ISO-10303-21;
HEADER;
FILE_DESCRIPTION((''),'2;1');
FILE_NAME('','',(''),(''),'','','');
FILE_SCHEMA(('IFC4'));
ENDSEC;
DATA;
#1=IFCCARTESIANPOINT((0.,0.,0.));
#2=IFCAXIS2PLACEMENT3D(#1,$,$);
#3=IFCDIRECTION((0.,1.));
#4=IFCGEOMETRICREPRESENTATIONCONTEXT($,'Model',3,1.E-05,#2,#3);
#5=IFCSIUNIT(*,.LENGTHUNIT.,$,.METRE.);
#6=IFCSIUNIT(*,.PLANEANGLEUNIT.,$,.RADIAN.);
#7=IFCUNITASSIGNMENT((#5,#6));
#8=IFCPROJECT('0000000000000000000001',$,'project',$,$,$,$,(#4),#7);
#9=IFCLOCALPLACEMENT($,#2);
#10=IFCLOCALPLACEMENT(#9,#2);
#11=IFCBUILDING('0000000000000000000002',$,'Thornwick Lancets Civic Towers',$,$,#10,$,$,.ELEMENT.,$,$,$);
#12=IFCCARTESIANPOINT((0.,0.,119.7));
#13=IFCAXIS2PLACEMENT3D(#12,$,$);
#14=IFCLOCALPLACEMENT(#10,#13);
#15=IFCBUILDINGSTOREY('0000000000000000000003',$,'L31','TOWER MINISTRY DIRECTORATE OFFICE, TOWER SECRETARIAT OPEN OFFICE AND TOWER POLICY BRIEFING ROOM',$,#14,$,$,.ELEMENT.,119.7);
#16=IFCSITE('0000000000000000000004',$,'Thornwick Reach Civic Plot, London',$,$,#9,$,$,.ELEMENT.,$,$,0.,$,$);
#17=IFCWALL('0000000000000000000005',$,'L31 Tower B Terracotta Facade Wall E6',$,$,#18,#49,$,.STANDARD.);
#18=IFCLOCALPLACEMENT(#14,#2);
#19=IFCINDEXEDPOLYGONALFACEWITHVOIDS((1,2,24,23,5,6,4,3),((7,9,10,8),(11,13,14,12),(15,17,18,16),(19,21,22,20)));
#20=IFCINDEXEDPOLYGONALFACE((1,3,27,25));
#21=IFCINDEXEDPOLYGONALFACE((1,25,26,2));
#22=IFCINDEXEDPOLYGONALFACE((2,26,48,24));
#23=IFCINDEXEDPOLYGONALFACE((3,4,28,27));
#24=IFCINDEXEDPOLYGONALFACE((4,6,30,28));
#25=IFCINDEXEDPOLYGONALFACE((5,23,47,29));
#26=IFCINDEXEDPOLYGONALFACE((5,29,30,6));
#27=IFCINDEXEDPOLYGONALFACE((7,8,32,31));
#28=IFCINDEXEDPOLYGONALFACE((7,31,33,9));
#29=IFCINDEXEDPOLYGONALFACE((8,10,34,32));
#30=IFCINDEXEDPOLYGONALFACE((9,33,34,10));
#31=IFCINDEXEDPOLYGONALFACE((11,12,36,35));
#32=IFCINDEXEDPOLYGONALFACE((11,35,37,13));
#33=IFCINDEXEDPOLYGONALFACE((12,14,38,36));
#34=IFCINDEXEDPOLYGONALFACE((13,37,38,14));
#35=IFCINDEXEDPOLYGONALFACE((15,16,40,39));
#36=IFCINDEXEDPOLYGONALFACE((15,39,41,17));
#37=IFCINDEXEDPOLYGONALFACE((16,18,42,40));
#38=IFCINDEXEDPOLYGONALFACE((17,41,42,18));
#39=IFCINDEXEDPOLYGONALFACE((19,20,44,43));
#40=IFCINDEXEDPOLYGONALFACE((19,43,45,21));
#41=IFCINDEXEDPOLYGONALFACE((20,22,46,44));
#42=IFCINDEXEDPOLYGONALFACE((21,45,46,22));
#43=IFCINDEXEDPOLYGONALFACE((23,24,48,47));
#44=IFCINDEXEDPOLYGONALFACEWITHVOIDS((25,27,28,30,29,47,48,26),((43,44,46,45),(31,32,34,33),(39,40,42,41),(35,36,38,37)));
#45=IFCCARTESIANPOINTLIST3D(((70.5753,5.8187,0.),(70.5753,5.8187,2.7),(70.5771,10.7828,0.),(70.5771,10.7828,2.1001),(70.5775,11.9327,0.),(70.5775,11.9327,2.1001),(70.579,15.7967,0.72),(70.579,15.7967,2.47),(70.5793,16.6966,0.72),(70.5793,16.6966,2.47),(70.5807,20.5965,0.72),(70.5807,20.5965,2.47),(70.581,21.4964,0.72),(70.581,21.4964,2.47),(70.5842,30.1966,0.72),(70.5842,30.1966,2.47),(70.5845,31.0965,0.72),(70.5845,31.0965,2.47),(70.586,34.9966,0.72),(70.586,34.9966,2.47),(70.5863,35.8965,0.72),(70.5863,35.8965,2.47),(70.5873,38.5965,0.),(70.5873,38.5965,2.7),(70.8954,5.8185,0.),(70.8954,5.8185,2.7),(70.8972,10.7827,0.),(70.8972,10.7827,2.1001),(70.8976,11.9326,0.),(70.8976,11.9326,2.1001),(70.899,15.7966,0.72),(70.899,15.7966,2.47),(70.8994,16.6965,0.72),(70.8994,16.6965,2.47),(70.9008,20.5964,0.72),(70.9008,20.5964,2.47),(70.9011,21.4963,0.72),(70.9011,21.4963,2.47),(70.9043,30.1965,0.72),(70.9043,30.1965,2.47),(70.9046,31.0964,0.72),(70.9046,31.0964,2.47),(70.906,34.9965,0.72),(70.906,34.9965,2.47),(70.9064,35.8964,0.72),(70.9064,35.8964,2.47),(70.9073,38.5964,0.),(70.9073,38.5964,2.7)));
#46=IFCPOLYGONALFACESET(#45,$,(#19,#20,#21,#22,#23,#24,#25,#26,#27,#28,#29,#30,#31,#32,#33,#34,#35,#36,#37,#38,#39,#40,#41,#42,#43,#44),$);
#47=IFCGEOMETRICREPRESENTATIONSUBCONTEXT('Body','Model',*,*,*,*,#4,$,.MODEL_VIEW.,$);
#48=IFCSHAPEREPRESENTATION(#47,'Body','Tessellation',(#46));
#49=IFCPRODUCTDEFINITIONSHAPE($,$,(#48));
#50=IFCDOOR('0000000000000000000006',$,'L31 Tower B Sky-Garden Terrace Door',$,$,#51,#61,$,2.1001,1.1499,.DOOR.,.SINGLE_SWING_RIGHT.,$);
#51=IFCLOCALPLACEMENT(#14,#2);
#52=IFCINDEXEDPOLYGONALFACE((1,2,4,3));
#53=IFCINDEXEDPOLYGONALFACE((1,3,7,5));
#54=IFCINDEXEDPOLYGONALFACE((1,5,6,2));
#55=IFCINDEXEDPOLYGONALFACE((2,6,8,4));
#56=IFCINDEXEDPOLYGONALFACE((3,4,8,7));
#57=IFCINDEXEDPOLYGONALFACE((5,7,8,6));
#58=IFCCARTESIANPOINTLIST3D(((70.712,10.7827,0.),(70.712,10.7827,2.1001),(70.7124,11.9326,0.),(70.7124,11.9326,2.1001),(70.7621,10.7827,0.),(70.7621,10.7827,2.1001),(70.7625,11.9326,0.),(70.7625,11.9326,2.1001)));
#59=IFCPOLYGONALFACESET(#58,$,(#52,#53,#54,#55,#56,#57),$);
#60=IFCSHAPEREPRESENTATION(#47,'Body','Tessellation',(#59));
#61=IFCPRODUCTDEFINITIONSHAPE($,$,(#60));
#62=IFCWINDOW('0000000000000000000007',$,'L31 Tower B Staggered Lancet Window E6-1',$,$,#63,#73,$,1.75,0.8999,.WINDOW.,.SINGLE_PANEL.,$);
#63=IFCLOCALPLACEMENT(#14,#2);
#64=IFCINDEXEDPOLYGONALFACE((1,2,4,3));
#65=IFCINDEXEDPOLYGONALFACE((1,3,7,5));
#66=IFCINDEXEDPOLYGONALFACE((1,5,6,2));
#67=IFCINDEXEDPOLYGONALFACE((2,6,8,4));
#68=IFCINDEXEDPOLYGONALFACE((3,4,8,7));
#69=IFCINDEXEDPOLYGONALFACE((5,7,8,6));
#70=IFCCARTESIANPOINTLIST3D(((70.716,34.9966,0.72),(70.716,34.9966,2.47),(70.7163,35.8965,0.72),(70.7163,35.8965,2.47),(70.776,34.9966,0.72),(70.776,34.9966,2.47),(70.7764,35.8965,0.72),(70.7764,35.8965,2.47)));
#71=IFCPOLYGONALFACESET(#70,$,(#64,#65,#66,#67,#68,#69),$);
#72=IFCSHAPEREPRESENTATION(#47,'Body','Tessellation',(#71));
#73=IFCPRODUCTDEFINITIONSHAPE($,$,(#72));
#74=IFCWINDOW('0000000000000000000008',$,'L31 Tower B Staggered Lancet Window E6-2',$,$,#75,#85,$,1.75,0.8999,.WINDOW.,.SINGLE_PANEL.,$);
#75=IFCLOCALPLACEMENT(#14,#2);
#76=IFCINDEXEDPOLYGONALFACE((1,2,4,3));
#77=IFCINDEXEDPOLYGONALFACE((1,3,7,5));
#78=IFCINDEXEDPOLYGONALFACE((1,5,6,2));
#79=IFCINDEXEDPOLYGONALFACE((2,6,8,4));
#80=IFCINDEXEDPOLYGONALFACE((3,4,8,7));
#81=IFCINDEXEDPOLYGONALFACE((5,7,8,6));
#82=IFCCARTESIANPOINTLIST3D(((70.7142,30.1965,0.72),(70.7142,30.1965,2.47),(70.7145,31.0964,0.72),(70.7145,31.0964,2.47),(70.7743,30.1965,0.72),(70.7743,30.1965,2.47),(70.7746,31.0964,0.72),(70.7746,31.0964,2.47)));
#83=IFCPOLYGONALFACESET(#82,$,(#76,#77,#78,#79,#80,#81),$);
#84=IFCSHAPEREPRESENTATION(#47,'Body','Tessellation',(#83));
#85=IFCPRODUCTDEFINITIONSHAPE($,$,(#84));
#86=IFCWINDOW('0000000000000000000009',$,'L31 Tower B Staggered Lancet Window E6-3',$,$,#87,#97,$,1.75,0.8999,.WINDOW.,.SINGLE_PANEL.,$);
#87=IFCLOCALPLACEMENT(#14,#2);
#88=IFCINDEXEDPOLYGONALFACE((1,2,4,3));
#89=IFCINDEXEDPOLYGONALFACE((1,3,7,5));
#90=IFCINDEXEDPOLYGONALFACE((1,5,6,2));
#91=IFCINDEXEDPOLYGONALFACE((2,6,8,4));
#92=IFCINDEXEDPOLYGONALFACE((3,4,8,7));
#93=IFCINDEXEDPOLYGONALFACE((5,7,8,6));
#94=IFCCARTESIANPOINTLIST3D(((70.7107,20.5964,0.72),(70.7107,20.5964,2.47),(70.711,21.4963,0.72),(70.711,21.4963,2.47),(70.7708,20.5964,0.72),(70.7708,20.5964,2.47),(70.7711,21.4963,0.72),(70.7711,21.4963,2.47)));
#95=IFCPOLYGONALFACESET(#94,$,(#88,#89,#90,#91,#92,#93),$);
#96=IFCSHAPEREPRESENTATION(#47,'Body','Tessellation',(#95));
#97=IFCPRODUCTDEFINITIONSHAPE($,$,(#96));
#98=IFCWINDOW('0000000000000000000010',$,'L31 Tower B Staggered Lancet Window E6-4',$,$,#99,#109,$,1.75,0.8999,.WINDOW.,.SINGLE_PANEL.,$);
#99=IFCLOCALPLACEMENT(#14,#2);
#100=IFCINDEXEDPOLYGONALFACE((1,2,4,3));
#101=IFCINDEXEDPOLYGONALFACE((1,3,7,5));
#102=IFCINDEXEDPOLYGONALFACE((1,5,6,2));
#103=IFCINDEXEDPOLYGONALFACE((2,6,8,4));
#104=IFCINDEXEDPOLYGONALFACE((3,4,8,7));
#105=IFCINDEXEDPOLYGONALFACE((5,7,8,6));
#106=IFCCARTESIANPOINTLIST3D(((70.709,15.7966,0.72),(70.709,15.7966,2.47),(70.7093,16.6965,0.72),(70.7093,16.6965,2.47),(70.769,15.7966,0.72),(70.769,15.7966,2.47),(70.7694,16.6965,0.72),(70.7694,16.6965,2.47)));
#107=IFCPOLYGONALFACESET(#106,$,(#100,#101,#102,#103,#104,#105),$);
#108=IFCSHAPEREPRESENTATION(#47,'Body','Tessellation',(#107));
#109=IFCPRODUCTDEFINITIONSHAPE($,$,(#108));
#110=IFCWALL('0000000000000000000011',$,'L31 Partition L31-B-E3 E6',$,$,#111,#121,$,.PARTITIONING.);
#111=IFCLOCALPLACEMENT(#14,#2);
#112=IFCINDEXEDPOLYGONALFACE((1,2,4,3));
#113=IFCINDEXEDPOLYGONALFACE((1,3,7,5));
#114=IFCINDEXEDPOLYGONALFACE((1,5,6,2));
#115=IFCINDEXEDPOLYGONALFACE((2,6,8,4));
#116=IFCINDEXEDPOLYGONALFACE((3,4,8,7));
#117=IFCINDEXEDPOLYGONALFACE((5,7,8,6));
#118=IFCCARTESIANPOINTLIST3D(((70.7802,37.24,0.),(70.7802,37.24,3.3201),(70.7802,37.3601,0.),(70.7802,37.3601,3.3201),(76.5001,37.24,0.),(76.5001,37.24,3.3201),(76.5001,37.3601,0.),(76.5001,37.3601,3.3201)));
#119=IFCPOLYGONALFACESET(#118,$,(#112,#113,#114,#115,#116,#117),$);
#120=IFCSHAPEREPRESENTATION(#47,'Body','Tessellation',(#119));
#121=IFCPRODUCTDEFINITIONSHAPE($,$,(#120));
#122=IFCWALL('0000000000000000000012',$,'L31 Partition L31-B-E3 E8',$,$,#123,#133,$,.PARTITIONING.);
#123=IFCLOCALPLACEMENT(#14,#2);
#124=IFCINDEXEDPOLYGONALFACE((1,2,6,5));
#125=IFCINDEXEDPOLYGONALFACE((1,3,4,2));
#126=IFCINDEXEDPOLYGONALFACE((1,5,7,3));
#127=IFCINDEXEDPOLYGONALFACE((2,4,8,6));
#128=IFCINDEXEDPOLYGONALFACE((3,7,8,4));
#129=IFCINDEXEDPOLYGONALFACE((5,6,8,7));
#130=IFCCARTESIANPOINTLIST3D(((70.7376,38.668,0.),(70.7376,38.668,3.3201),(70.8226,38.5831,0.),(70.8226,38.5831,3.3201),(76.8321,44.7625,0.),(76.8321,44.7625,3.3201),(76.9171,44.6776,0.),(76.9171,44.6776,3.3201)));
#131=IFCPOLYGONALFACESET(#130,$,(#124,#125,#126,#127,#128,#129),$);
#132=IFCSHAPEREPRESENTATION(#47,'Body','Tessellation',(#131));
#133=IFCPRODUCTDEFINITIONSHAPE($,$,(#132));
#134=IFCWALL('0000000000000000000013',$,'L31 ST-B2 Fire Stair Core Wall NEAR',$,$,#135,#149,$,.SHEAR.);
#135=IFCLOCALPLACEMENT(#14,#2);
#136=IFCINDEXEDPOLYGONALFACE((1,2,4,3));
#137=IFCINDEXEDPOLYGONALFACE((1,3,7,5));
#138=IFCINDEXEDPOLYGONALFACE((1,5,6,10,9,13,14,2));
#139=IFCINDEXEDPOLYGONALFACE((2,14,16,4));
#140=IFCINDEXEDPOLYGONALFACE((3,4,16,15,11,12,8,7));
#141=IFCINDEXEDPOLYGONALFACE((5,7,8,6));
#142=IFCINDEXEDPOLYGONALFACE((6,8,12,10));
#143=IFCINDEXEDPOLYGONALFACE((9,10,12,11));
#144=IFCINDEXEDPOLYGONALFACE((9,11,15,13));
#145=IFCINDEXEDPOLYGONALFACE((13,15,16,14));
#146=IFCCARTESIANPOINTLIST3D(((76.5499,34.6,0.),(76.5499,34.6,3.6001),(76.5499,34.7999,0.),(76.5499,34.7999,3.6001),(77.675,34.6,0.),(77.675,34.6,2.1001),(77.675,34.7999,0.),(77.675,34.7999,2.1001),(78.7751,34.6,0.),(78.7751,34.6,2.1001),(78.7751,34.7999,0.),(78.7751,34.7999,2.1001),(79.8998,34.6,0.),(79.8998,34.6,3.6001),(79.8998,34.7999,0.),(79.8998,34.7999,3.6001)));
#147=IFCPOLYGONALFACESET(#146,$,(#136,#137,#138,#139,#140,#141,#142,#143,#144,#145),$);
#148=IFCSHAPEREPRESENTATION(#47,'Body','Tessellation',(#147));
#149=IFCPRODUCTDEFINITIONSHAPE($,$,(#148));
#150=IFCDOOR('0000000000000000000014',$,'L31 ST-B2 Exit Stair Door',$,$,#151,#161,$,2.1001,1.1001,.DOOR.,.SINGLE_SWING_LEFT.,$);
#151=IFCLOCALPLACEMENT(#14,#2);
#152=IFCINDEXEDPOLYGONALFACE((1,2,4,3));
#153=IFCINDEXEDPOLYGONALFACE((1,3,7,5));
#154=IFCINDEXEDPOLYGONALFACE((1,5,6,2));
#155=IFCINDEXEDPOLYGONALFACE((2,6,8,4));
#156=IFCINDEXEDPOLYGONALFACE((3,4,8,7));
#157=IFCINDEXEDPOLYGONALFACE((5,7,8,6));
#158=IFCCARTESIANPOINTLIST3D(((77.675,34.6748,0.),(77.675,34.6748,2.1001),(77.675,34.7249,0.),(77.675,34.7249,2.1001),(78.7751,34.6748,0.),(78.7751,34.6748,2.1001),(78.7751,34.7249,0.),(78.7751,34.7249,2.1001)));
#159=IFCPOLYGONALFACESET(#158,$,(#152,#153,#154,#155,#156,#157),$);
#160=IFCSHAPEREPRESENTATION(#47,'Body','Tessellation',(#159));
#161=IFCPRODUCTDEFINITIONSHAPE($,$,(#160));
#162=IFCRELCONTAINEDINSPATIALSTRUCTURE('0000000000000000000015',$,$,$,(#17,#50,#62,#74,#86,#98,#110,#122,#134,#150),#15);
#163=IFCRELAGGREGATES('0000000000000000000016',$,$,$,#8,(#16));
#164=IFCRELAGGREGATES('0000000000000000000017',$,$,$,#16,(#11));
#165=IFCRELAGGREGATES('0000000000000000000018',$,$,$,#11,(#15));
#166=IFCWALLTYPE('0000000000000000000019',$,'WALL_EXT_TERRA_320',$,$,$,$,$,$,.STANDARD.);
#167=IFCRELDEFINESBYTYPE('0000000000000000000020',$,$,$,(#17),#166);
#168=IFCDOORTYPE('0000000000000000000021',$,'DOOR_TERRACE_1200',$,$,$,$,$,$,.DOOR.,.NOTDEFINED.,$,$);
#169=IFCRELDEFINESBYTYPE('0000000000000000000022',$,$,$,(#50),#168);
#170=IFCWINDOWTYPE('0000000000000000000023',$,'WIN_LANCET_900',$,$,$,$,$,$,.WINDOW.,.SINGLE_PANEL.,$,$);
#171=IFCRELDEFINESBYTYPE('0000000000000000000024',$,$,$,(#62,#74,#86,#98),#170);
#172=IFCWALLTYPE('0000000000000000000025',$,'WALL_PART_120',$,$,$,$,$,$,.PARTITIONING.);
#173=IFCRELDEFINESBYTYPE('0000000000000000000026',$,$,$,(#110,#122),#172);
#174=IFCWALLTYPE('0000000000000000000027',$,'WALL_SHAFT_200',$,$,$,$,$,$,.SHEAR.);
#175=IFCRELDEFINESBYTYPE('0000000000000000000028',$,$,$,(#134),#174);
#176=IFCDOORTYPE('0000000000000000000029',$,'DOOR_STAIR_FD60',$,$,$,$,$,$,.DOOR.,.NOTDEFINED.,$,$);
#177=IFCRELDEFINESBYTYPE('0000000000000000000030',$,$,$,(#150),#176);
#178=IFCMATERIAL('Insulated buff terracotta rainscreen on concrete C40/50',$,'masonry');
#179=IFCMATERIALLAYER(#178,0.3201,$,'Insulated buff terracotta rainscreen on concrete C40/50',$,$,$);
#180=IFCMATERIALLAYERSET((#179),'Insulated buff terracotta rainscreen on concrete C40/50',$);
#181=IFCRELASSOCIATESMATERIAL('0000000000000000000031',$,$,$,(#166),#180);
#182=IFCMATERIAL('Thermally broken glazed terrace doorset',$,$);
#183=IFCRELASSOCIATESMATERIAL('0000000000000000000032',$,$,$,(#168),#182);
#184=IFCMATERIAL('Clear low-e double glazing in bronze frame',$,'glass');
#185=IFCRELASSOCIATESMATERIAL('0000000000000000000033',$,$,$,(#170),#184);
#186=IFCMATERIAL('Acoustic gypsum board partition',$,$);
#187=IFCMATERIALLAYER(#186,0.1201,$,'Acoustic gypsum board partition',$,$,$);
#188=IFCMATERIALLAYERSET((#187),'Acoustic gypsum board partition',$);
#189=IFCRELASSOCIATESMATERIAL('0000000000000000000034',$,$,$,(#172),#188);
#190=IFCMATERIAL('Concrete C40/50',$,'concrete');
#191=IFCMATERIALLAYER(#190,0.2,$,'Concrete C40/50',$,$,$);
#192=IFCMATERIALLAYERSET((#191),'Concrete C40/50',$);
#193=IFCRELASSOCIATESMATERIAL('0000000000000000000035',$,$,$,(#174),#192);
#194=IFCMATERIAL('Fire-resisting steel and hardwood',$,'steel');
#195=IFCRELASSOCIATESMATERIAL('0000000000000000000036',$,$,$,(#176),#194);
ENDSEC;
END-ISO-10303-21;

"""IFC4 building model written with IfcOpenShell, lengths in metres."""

from ifc_helpers import new_model, si_unit, direction, frame, frame_2d, origin, place, context, subcontext, project, spatial, rectangle, extrude, material, layer, layer_set, type_object, element, fill, save


model = new_model("IFC4")

# Units and contexts
model_context = context("Model", 3, precision=1e-05, world=origin(), true_north=direction((0.0, 1.0)))
body_context = subcontext(model_context, "Body", "Model", "MODEL_VIEW")
ifc_project = project(units=[si_unit("LENGTHUNIT", "METRE"), si_unit("PLANEANGLEUNIT", "RADIAN")], contexts=[model_context])

# Site, building, storey
site_placement = place(None, origin())
site = spatial("IfcSite", under=ifc_project, at=site_placement, Name="Thornwick Reach Civic Plot, London", CompositionType="ELEMENT", RefElevation=0.0)
building_placement = place(site_placement, origin())
building = spatial("IfcBuilding", under=site, at=building_placement, Name="Thornwick Lancets Civic Towers", CompositionType="ELEMENT")
storey_placement = place(building_placement, frame((0.0, 0.0, 119.7)))
storey = spatial("IfcBuildingStorey", under=building, at=storey_placement, Name="L31", Description="TOWER MINISTRY DIRECTORATE OFFICE, TOWER SECRETARIAT OPEN OFFICE AND TOWER POLICY BRIEFING ROOM", CompositionType="ELEMENT", Elevation=119.7)

# Shared definitions
ifc_material_1 = material(Name="Concrete C40/50", Category="concrete")

# Wall, openings, door, windows
ifc_material_2 = material(Name="Insulated buff terracotta rainscreen on concrete C40/50", Category="masonry")
ifc_layer_1 = layer(ifc_material_2, 0.3201, Name="Insulated buff terracotta rainscreen on concrete C40/50")
ifc_layer_set_1 = layer_set([ifc_layer_1], Name="Insulated buff terracotta rainscreen on concrete C40/50")
wall_type_1 = type_object("IfcWallType", Name="WALL_EXT_TERRA_320", PredefinedType="STANDARD", material=ifc_layer_set_1)
wall_1_placement = place(storey_placement, frame((70.7473, 38.5964, 0.0), z_axis=(0.0, 0.0, 1.0), x_axis=(-0.000365, -1.0, 0.0)))
wall_1 = element("IfcWall", 1, at=wall_1_placement, inside=storey, type_object=wall_type_1, Name="L31 Tower B Terracotta Facade Wall E6", PredefinedType="STANDARD", context=body_context, shape_type="SweptSolid", body=[
    extrude(rectangle(XDim=32.7778, YDim=0.3201, at=frame_2d((16.3889, 0.0))), origin(), (0.0, 0.0, 1.0), 2.7),
])
opening_1_placement = place(wall_1_placement, frame((26.6638, 0.0, 0.0)))
opening_1 = element("IfcOpeningElement", 2, at=opening_1_placement, cuts=wall_1, PredefinedType="OPENING", context=body_context, shape_type="SweptSolid", body=[
    extrude(rectangle(XDim=1.1499, YDim=2.1001, at=frame_2d((0.575, 1.05))), frame((0.0, 0.1699, 0.0), z_axis=(0.0, -1.0, 0.0), x_axis=(1.0, 0.0, 0.0)), (0.0, 0.0, 1.0), 0.3401),
])
opening_2_placement = place(wall_1_placement, frame((2.7, 0.0, 0.72)))
opening_2 = element("IfcOpeningElement", 3, at=opening_2_placement, cuts=wall_1, PredefinedType="OPENING", context=body_context, shape_type="SweptSolid", body=[
    extrude(rectangle(XDim=0.8999, YDim=1.75, at=frame_2d((0.45, 0.875))), frame((0.0, 0.1699, 0.0), z_axis=(0.0, -1.0, 0.0), x_axis=(1.0, 0.0, 0.0)), (0.0, 0.0, 1.0), 0.3401),
])
opening_3_placement = place(wall_1_placement, frame((7.5, 0.0, 0.72)))
opening_3 = element("IfcOpeningElement", 4, at=opening_3_placement, cuts=wall_1, PredefinedType="OPENING", context=body_context, shape_type="SweptSolid", body=[
    extrude(rectangle(XDim=0.8999, YDim=1.75, at=frame_2d((0.45, 0.875))), frame((0.0, 0.1699, 0.0), z_axis=(0.0, -1.0, 0.0), x_axis=(1.0, 0.0, 0.0)), (0.0, 0.0, 1.0), 0.3401),
])
opening_4_placement = place(wall_1_placement, frame((17.1001, 0.0, 0.72)))
opening_4 = element("IfcOpeningElement", 5, at=opening_4_placement, cuts=wall_1, PredefinedType="OPENING", context=body_context, shape_type="SweptSolid", body=[
    extrude(rectangle(XDim=0.8999, YDim=1.75, at=frame_2d((0.45, 0.875))), frame((0.0, 0.1699, 0.0), z_axis=(0.0, -1.0, 0.0), x_axis=(1.0, 0.0, 0.0)), (0.0, 0.0, 1.0), 0.3401),
])
opening_5_placement = place(wall_1_placement, frame((21.8999, 0.0, 0.72)))
opening_5 = element("IfcOpeningElement", 6, at=opening_5_placement, cuts=wall_1, PredefinedType="OPENING", context=body_context, shape_type="SweptSolid", body=[
    extrude(rectangle(XDim=0.8999, YDim=1.75, at=frame_2d((0.45, 0.875))), frame((0.0, 0.1699, 0.0), z_axis=(0.0, -1.0, 0.0), x_axis=(1.0, 0.0, 0.0)), (0.0, 0.0, 1.0), 0.3401),
])
ifc_material_3 = material(Name="Thermally broken glazed terrace doorset")
door_type_1 = type_object("IfcDoorType", Name="DOOR_TERRACE_1200", OperationType="NOTDEFINED", PredefinedType="DOOR", material=ifc_material_3)
door_1_placement = place(opening_1_placement, origin())
door_1 = element("IfcDoor", 7, at=door_1_placement, inside=storey, type_object=door_type_1, Name="L31 Tower B Sky-Garden Terrace Door", OperationType="SINGLE_SWING_RIGHT", OverallHeight=2.1001, OverallWidth=1.1499, PredefinedType="DOOR", context=body_context, shape_type="SweptSolid", body=[
    extrude(rectangle(XDim=1.1499, YDim=2.1001, at=frame_2d((0.575, 1.05))), frame((0.0, 0.0249, 0.0), z_axis=(0.0, -1.0, 0.0), x_axis=(1.0, 0.0, 0.0)), (0.0, 0.0, 1.0), 0.05),
])
fill(opening_1, door_1)
ifc_material_4 = material(Name="Clear low-e double glazing in bronze frame", Category="glass")
window_type = type_object("IfcWindowType", Name="WIN_LANCET_900", PartitioningType="SINGLE_PANEL", PredefinedType="WINDOW", material=ifc_material_4)
window_1_placement = place(opening_2_placement, origin())
window_1 = element("IfcWindow", 8, at=window_1_placement, inside=storey, type_object=window_type, Name="L31 Tower B Staggered Lancet Window E6-1", OverallHeight=1.75, OverallWidth=0.8999, PartitioningType="SINGLE_PANEL", PredefinedType="WINDOW", context=body_context, shape_type="SweptSolid", body=[
    extrude(rectangle(XDim=0.8999, YDim=1.75, at=frame_2d((0.45, 0.875))), frame((0.0, 0.03, 0.0), z_axis=(0.0, -1.0, 0.0), x_axis=(1.0, 0.0, 0.0)), (0.0, 0.0, 1.0), 0.0601),
])
fill(opening_2, window_1)
window_2_placement = place(opening_3_placement, origin())
window_2 = element("IfcWindow", 9, at=window_2_placement, inside=storey, type_object=window_type, Name="L31 Tower B Staggered Lancet Window E6-2", OverallHeight=1.75, OverallWidth=0.8999, PartitioningType="SINGLE_PANEL", PredefinedType="WINDOW", context=body_context, shape_type="SweptSolid", body=[
    extrude(rectangle(XDim=0.8999, YDim=1.75, at=frame_2d((0.45, 0.875))), frame((0.0, 0.03, 0.0), z_axis=(0.0, -1.0, 0.0), x_axis=(1.0, 0.0, 0.0)), (0.0, 0.0, 1.0), 0.0601),
])
fill(opening_3, window_2)
window_3_placement = place(opening_4_placement, origin())
window_3 = element("IfcWindow", 10, at=window_3_placement, inside=storey, type_object=window_type, Name="L31 Tower B Staggered Lancet Window E6-3", OverallHeight=1.75, OverallWidth=0.8999, PartitioningType="SINGLE_PANEL", PredefinedType="WINDOW", context=body_context, shape_type="SweptSolid", body=[
    extrude(rectangle(XDim=0.8999, YDim=1.75, at=frame_2d((0.45, 0.875))), frame((0.0, 0.03, 0.0), z_axis=(0.0, -1.0, 0.0), x_axis=(1.0, 0.0, 0.0)), (0.0, 0.0, 1.0), 0.0601),
])
fill(opening_4, window_3)
window_4_placement = place(opening_5_placement, origin())
window_4 = element("IfcWindow", 11, at=window_4_placement, inside=storey, type_object=window_type, Name="L31 Tower B Staggered Lancet Window E6-4", OverallHeight=1.75, OverallWidth=0.8999, PartitioningType="SINGLE_PANEL", PredefinedType="WINDOW", context=body_context, shape_type="SweptSolid", body=[
    extrude(rectangle(XDim=0.8999, YDim=1.75, at=frame_2d((0.45, 0.875))), frame((0.0, 0.03, 0.0), z_axis=(0.0, -1.0, 0.0), x_axis=(1.0, 0.0, 0.0)), (0.0, 0.0, 1.0), 0.0601),
])
fill(opening_5, window_4)

# Walls
ifc_material_5 = material(Name="Acoustic gypsum board partition")
ifc_layer_2 = layer(ifc_material_5, 0.1201, Name="Acoustic gypsum board partition")
ifc_layer_set_2 = layer_set([ifc_layer_2], Name="Acoustic gypsum board partition")
wall_type_2 = type_object("IfcWallType", Name="WALL_PART_120", PredefinedType="PARTITIONING", material=ifc_layer_set_2)
wall_2_placement = place(storey_placement, frame((76.5, 37.3, 0.0), z_axis=(0.0, 0.0, 1.0), x_axis=(-1.0, 0.0, 0.0)))
element("IfcWall", 12, at=wall_2_placement, inside=storey, type_object=wall_type_2, Name="L31 Partition L31-B-E3 E6", PredefinedType="PARTITIONING", context=body_context, shape_type="SweptSolid", body=[
    extrude(rectangle(XDim=5.72, YDim=0.1201, at=frame_2d((2.8599, 0.0))), origin(), (0.0, 0.0, 1.0), 3.3201),
])
wall_3_placement = place(storey_placement, frame((70.78, 38.6255, 0.0), z_axis=(0.0, 0.0, 1.0), x_axis=(0.707107, 0.707107, 0.0)))
element("IfcWall", 13, at=wall_3_placement, inside=storey, type_object=wall_type_2, Name="L31 Partition L31-B-E3 E8", PredefinedType="PARTITIONING", context=body_context, shape_type="SweptSolid", body=[
    extrude(rectangle(XDim=8.6189, YDim=0.1201, at=frame_2d((4.3096, 0.0))), origin(), (0.0, 0.0, 1.0), 3.3201),
])

# Wall, opening, door
ifc_layer_3 = layer(ifc_material_1, 0.2, Name="Concrete C40/50")
ifc_layer_set_3 = layer_set([ifc_layer_3], Name="Concrete C40/50")
wall_type_3 = type_object("IfcWallType", Name="WALL_SHAFT_200", PredefinedType="SHEAR", material=ifc_layer_set_3)
wall_4_placement = place(storey_placement, frame((76.55, 34.7, 0.0), z_axis=(0.0, 0.0, 1.0), x_axis=(1.0, 0.0, 0.0)))
wall_4 = element("IfcWall", 14, at=wall_4_placement, inside=storey, type_object=wall_type_3, Name="L31 ST-B2 Fire Stair Core Wall NEAR", PredefinedType="SHEAR", context=body_context, shape_type="SweptSolid", body=[
    extrude(rectangle(XDim=3.3499, YDim=0.2, at=frame_2d((1.6748, 0.0))), origin(), (0.0, 0.0, 1.0), 3.6001),
])
opening_6_placement = place(wall_4_placement, frame((1.125, 0.0, 0.0)))
opening_6 = element("IfcOpeningElement", 15, at=opening_6_placement, cuts=wall_4, PredefinedType="OPENING", context=body_context, shape_type="SweptSolid", body=[
    extrude(rectangle(XDim=1.1001, YDim=2.1001, at=frame_2d((0.55, 1.05))), frame((0.0, 0.1099, 0.0), z_axis=(0.0, -1.0, 0.0), x_axis=(1.0, 0.0, 0.0)), (0.0, 0.0, 1.0), 0.22),
])
ifc_material_6 = material(Name="Fire-resisting steel and hardwood", Category="steel")
door_type_2 = type_object("IfcDoorType", Name="DOOR_STAIR_FD60", OperationType="NOTDEFINED", PredefinedType="DOOR", material=ifc_material_6)
door_2_placement = place(opening_6_placement, origin())
door_2 = element("IfcDoor", 16, at=door_2_placement, inside=storey, type_object=door_type_2, Name="L31 ST-B2 Exit Stair Door", OperationType="SINGLE_SWING_LEFT", OverallHeight=2.1001, OverallWidth=1.1001, PredefinedType="DOOR", context=body_context, shape_type="SweptSolid", body=[
    extrude(rectangle(XDim=1.1001, YDim=2.1001, at=frame_2d((0.55, 1.05))), frame((0.0, 0.0249, 0.0), z_axis=(0.0, -1.0, 0.0), x_axis=(1.0, 0.0, 0.0)), (0.0, 0.0, 1.0), 0.05),
])
fill(opening_6, door_2)

save(model, "model.ifc")
